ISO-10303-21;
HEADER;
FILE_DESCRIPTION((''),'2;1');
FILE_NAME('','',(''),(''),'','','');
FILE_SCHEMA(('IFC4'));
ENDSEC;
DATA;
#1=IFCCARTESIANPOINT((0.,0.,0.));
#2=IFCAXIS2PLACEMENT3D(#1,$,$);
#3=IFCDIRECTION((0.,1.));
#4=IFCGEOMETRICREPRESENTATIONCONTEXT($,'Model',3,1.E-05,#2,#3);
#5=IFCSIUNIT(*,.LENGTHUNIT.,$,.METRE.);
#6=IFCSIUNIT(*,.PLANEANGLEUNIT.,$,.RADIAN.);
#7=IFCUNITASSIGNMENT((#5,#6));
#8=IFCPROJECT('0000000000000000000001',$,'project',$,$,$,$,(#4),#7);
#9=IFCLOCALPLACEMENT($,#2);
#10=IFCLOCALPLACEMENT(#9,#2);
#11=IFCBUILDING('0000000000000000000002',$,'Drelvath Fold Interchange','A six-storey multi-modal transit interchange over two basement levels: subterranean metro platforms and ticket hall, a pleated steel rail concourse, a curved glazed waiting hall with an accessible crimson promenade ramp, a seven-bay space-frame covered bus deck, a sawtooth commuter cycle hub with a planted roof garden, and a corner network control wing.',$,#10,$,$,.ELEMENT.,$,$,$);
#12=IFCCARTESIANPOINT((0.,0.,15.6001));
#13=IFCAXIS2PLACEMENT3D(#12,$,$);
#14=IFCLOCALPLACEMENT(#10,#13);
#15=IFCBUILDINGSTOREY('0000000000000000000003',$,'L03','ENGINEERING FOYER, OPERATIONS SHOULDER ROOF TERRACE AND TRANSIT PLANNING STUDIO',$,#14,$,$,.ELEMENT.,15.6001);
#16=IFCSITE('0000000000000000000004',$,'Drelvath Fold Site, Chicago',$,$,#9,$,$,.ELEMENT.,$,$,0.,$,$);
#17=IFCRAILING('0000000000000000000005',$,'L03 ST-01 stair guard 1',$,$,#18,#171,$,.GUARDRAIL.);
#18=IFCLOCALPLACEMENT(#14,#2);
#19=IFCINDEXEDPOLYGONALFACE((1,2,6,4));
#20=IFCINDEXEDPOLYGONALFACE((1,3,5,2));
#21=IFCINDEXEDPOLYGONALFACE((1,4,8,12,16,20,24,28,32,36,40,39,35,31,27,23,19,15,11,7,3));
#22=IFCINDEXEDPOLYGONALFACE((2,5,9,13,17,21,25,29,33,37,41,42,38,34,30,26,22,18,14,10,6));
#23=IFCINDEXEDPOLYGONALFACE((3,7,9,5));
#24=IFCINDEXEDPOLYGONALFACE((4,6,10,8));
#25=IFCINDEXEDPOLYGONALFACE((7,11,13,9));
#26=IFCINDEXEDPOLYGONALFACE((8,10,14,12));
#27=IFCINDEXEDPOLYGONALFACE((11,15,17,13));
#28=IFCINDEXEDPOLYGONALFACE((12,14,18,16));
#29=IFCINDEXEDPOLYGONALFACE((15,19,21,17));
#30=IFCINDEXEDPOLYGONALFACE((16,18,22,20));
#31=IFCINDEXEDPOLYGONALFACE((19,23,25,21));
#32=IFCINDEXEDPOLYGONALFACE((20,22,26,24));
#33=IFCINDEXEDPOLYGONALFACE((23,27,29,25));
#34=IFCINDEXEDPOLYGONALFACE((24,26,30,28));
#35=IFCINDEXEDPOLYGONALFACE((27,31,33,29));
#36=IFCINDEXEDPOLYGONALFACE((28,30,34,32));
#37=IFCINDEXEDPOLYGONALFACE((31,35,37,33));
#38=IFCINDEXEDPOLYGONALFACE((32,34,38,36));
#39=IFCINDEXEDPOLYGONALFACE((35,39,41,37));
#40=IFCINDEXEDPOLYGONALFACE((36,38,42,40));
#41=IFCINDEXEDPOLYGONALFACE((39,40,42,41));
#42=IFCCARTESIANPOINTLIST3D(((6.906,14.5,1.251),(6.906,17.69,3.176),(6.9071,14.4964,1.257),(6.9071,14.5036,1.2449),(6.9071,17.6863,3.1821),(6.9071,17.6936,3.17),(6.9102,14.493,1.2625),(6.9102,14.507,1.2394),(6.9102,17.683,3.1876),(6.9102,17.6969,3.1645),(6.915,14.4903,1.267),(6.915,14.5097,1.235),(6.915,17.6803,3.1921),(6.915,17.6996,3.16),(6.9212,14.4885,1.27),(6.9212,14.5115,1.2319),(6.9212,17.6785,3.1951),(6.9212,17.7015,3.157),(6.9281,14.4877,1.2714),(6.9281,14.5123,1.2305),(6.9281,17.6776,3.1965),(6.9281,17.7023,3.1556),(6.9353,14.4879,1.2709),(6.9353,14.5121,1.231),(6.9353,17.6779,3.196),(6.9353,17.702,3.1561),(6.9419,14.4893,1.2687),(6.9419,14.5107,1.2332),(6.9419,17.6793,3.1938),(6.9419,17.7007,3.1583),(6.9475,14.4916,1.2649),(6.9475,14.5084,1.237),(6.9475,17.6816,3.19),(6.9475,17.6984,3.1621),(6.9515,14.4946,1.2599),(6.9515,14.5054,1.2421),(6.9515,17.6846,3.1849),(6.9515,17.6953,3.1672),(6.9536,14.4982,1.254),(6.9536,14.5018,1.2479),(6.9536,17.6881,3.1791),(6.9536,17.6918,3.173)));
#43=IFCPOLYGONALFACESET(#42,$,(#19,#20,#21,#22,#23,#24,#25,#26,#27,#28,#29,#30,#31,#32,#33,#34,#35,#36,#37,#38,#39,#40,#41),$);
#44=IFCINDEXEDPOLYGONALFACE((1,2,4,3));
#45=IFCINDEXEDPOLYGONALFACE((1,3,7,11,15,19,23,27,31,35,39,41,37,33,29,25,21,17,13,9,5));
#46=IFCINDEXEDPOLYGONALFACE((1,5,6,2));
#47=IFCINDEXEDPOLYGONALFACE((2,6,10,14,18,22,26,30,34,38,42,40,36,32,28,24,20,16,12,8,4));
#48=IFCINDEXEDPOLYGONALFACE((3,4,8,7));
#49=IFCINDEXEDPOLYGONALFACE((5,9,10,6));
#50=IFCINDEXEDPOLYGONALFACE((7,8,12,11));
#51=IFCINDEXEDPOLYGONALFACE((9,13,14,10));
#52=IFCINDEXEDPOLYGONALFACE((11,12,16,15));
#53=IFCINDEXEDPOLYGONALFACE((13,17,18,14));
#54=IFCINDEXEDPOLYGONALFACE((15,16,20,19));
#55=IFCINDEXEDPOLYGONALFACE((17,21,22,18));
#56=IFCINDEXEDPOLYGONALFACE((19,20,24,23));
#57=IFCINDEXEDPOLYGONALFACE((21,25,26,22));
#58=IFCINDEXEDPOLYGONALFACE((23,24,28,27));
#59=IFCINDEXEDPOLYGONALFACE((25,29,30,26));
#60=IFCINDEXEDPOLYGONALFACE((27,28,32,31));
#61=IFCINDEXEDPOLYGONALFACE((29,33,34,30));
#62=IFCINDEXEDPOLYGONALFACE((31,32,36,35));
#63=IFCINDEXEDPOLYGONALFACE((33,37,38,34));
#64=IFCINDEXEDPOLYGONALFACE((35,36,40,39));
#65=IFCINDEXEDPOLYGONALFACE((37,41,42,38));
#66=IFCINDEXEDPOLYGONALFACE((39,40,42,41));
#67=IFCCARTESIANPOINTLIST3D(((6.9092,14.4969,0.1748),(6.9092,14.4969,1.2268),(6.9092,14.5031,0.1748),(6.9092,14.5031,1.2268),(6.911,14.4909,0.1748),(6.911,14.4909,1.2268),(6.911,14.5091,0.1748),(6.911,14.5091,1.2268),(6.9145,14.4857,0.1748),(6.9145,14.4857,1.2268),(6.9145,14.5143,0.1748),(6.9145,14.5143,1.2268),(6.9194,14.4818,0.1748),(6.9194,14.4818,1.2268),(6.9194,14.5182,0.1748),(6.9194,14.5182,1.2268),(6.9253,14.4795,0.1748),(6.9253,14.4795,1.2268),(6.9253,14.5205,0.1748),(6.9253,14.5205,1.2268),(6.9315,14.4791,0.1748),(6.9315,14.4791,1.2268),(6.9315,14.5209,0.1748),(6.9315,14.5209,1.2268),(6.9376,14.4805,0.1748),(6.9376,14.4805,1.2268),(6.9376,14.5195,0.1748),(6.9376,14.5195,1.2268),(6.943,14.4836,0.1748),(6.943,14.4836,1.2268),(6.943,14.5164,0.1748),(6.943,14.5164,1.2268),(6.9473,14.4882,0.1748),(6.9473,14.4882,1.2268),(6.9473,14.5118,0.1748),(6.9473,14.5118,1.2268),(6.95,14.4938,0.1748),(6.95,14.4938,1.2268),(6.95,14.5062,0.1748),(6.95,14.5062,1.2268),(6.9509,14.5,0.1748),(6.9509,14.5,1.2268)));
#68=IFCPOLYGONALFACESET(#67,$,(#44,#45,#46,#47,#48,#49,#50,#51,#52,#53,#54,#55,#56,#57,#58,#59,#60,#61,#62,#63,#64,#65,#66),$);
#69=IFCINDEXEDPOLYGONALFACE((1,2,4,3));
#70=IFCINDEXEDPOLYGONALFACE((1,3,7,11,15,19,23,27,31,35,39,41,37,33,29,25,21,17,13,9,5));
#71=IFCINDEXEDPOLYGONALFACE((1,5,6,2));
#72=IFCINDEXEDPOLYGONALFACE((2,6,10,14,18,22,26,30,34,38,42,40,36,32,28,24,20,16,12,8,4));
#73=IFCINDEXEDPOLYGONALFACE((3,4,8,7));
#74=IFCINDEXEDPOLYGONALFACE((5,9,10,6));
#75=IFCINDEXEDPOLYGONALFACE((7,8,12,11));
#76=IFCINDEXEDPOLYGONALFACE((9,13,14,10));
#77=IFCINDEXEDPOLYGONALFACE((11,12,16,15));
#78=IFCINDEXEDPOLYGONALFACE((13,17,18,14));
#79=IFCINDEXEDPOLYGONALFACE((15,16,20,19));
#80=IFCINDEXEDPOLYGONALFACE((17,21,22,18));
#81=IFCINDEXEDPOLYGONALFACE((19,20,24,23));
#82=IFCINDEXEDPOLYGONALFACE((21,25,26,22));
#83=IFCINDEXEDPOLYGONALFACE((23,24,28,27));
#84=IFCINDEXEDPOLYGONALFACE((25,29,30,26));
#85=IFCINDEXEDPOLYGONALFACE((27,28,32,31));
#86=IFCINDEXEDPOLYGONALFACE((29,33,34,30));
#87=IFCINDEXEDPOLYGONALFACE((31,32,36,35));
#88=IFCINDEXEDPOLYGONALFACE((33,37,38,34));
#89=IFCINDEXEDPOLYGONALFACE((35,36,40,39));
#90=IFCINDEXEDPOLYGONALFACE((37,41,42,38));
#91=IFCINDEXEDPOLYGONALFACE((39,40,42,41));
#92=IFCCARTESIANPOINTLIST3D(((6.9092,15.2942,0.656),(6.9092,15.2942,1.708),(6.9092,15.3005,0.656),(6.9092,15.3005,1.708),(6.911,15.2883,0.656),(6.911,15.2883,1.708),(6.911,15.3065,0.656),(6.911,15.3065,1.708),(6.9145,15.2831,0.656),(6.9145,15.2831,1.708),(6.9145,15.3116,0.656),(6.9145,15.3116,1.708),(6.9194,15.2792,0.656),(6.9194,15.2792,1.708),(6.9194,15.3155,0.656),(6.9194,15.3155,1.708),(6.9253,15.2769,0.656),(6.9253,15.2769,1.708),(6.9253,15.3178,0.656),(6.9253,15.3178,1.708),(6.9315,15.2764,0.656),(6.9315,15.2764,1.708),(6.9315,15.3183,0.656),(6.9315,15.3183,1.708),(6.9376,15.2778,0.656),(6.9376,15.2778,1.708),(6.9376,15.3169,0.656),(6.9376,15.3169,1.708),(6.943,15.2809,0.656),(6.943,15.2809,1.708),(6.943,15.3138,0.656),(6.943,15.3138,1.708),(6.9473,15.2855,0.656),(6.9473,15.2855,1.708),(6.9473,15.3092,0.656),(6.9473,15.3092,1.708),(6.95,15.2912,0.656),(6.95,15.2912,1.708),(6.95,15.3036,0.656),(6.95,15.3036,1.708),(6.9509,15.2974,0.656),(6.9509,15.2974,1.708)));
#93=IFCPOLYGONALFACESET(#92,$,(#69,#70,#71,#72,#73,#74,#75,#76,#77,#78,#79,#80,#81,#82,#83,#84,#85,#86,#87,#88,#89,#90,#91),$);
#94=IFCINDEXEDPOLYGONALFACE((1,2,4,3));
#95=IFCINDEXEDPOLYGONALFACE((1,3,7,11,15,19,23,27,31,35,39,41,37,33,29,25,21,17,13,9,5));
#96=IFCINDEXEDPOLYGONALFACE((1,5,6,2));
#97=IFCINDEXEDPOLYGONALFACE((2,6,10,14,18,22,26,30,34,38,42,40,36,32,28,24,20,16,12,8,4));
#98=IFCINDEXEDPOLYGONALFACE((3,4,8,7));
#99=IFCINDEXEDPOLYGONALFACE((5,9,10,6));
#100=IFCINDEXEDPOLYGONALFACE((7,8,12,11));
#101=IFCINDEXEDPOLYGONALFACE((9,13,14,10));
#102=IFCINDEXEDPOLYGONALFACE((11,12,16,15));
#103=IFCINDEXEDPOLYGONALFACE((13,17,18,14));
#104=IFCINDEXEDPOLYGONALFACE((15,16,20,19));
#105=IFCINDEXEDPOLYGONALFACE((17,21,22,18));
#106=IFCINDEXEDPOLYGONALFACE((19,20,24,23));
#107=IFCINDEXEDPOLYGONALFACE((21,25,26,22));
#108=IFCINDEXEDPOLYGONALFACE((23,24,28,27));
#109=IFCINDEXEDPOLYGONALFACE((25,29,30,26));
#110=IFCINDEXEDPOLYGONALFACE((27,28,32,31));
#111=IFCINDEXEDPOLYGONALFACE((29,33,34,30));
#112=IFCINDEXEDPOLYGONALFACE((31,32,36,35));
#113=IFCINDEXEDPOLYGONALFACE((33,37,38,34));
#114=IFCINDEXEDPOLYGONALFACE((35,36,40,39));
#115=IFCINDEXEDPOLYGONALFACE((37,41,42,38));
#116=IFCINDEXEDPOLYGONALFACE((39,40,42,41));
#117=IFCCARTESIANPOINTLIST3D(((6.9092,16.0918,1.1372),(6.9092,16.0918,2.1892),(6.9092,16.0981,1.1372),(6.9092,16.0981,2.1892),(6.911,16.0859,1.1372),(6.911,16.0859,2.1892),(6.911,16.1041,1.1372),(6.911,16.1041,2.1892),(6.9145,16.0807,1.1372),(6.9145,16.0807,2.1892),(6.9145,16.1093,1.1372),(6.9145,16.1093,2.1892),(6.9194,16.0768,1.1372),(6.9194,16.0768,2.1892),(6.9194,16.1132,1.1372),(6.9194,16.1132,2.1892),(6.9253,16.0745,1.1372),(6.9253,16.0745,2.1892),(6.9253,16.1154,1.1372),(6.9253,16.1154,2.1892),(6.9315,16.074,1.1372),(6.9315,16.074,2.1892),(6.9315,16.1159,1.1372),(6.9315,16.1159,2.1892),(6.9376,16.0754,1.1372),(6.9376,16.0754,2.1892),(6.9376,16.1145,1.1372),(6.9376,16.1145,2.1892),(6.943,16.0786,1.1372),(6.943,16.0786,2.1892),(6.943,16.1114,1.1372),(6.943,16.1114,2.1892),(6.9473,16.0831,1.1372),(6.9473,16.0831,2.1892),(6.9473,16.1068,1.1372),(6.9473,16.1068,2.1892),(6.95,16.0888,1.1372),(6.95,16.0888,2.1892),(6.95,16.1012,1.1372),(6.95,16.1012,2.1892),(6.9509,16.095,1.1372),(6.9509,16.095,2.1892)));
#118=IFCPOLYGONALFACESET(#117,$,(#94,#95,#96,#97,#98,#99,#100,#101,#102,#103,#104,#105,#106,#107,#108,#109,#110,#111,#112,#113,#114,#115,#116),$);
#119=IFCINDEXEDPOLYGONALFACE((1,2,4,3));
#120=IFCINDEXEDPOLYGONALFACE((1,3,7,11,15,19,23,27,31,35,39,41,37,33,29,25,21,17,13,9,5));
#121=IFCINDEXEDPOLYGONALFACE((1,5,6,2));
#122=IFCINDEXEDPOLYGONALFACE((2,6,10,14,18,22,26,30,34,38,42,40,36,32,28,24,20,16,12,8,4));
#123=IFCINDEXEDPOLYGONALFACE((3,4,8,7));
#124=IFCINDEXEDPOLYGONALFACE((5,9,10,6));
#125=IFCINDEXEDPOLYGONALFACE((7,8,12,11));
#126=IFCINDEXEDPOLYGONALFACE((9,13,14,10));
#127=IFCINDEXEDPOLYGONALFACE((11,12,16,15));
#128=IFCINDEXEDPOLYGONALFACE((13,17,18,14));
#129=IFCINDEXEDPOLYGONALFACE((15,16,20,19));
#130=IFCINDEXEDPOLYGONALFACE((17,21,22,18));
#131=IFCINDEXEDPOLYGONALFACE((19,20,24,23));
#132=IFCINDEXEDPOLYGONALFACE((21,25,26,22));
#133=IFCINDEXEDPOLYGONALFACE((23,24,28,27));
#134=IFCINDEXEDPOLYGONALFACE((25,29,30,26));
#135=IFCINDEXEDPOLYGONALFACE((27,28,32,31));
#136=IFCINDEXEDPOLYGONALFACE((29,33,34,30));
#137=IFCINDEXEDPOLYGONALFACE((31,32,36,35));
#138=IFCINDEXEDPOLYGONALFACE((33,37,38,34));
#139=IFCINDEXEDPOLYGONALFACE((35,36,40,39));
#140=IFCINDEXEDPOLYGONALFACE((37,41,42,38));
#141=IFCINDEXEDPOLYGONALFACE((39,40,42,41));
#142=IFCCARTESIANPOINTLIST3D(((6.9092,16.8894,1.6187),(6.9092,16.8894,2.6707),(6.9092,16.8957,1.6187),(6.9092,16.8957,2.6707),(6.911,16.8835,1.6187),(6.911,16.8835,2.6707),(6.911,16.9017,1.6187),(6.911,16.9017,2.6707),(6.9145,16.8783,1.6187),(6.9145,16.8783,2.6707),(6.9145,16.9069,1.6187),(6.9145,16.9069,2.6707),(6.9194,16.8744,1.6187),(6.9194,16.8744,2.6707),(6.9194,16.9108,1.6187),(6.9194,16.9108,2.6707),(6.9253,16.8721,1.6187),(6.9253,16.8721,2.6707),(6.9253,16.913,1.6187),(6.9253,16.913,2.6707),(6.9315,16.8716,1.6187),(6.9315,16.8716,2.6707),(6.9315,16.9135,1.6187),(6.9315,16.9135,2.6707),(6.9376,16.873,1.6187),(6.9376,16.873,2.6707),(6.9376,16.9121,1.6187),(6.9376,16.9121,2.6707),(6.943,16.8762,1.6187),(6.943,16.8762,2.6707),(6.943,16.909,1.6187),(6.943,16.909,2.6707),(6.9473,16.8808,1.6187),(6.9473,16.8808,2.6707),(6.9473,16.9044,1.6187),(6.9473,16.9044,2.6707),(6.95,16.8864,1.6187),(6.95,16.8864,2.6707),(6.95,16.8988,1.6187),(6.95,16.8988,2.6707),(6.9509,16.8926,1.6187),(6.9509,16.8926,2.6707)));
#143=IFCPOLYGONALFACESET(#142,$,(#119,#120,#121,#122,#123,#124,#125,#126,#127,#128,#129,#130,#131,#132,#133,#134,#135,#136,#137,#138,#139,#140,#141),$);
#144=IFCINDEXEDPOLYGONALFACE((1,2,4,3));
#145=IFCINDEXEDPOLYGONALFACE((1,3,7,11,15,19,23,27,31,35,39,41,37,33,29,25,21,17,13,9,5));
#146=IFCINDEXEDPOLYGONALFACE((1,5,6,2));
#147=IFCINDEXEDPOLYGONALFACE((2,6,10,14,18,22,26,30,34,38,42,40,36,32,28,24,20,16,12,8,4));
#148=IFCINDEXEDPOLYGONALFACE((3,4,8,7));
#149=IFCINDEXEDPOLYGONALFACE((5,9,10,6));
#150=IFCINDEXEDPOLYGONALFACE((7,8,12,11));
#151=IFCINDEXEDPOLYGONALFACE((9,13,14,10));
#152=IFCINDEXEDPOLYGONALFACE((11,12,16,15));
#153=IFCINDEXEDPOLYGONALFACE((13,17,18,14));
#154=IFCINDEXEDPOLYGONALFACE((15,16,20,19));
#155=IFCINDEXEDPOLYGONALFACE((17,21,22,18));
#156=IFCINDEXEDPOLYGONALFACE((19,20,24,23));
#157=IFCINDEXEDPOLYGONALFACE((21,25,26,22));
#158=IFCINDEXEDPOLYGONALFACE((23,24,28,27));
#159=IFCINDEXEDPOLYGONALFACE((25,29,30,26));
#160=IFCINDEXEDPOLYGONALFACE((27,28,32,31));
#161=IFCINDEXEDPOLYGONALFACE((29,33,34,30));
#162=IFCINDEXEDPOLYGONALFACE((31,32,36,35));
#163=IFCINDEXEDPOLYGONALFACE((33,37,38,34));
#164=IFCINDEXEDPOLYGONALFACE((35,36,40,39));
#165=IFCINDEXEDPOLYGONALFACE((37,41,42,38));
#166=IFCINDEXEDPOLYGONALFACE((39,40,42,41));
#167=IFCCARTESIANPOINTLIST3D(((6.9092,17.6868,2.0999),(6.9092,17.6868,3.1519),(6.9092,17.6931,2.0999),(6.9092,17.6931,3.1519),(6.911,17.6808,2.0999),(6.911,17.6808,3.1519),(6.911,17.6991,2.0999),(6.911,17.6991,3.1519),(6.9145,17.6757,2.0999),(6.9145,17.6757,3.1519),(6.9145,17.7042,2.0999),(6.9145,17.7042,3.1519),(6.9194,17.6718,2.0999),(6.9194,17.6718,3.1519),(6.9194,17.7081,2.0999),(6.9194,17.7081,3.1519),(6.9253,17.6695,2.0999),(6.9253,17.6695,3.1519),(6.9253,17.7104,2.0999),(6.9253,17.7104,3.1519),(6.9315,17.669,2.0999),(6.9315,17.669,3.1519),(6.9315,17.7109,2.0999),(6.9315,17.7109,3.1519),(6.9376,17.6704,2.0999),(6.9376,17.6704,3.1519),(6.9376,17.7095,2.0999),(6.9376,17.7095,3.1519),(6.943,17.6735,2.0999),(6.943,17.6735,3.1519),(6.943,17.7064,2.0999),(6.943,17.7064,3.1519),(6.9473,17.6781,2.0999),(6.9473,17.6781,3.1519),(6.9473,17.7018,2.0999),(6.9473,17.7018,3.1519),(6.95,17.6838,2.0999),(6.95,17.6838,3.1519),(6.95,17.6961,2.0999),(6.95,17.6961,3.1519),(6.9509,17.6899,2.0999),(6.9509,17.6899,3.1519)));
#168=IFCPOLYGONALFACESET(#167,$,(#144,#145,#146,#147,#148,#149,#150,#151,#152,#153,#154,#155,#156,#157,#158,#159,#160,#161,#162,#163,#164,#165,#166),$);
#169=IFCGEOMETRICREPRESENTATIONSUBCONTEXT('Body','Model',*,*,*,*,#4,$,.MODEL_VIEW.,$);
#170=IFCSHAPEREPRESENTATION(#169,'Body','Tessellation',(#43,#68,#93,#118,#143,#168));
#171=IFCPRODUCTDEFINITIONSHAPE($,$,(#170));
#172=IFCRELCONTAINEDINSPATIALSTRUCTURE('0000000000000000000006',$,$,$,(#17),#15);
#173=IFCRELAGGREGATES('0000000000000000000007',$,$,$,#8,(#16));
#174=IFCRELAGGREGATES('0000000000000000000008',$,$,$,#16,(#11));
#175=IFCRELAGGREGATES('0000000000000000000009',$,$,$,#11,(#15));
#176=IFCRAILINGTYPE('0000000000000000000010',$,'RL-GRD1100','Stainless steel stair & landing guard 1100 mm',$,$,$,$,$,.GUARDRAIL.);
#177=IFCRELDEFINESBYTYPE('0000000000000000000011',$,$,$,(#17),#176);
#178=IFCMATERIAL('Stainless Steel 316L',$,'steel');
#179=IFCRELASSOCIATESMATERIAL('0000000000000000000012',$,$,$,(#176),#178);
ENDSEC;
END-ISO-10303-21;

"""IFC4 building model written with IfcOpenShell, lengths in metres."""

from ifc_helpers import new_model, si_unit, direction, frame, origin, origin_2d, place, context, subcontext, project, spatial, circle, extrude, material, type_object, element, save


model = new_model("IFC4")

# Units and contexts
model_context = context("Model", 3, precision=1e-05, world=origin(), true_north=direction((0.0, 1.0)))
body_context = subcontext(model_context, "Body", "Model", "MODEL_VIEW")
ifc_project = project(units=[si_unit("LENGTHUNIT", "METRE"), si_unit("PLANEANGLEUNIT", "RADIAN")], contexts=[model_context])

# Site, building, storey
site_placement = place(None, origin())
site = spatial("IfcSite", under=ifc_project, at=site_placement, Name="Drelvath Fold Site, Chicago", CompositionType="ELEMENT", RefElevation=0.0)
building_placement = place(site_placement, origin())
building = spatial("IfcBuilding", under=site, at=building_placement, Name="Drelvath Fold Interchange", Description="A six-storey multi-modal transit interchange over two basement levels: subterranean metro platforms and ticket hall, a pleated steel rail concourse, a curved glazed waiting hall with an accessible crimson promenade ramp, a seven-bay space-frame covered bus deck, a sawtooth commuter cycle hub with a planted roof garden, and a corner network control wing.", CompositionType="ELEMENT")
storey_placement = place(building_placement, frame((0.0, 0.0, 15.6001)))
storey = spatial("IfcBuildingStorey", under=building, at=storey_placement, Name="L03", Description="ENGINEERING FOYER, OPERATIONS SHOULDER ROOF TERRACE AND TRANSIT PLANNING STUDIO", CompositionType="ELEMENT", Elevation=15.6001)

# Railing
ifc_material_1 = material(Name="Stainless Steel 316L", Category="steel")
railing_type_1 = type_object("IfcRailingType", Name="RL-GRD1100", Description="Stainless steel stair & landing guard 1100 mm", PredefinedType="GUARDRAIL", material=ifc_material_1)
railing_1_placement = place(storey_placement, frame((6.9299, 14.5, 0.1748)))
element("IfcRailing", 1, at=railing_1_placement, inside=storey, type_object=railing_type_1, Name="L03 ST-01 stair guard 1", PredefinedType="GUARDRAIL", context=body_context, shape_type="SweptSolid", body=[
    extrude(circle(Radius=0.0239, at=origin_2d()), frame((0.0, 0.0, 1.0762), z_axis=(0.0, 0.856178, 0.516682), x_axis=(-1.0, 0.0, 0.0)), (0.0, 0.0, 1.0), 3.7258),
    extrude(circle(Radius=0.021, at=origin_2d()), origin(), (0.0, 0.0, 1.0), 1.052),
    extrude(circle(Radius=0.021, at=origin_2d()), frame((0.0, 0.7974, 0.4812)), (0.0, 0.0, 1.0), 1.052),
    extrude(circle(Radius=0.021, at=origin_2d()), frame((0.0, 1.595, 0.9624)), (0.0, 0.0, 1.0), 1.052),
    extrude(circle(Radius=0.021, at=origin_2d()), frame((0.0, 2.3926, 1.4438)), (0.0, 0.0, 1.0), 1.052),
    extrude(circle(Radius=0.021, at=origin_2d()), frame((0.0, 3.1899, 1.925)), (0.0, 0.0, 1.0), 1.052),
])

save(model, "model.ifc")
